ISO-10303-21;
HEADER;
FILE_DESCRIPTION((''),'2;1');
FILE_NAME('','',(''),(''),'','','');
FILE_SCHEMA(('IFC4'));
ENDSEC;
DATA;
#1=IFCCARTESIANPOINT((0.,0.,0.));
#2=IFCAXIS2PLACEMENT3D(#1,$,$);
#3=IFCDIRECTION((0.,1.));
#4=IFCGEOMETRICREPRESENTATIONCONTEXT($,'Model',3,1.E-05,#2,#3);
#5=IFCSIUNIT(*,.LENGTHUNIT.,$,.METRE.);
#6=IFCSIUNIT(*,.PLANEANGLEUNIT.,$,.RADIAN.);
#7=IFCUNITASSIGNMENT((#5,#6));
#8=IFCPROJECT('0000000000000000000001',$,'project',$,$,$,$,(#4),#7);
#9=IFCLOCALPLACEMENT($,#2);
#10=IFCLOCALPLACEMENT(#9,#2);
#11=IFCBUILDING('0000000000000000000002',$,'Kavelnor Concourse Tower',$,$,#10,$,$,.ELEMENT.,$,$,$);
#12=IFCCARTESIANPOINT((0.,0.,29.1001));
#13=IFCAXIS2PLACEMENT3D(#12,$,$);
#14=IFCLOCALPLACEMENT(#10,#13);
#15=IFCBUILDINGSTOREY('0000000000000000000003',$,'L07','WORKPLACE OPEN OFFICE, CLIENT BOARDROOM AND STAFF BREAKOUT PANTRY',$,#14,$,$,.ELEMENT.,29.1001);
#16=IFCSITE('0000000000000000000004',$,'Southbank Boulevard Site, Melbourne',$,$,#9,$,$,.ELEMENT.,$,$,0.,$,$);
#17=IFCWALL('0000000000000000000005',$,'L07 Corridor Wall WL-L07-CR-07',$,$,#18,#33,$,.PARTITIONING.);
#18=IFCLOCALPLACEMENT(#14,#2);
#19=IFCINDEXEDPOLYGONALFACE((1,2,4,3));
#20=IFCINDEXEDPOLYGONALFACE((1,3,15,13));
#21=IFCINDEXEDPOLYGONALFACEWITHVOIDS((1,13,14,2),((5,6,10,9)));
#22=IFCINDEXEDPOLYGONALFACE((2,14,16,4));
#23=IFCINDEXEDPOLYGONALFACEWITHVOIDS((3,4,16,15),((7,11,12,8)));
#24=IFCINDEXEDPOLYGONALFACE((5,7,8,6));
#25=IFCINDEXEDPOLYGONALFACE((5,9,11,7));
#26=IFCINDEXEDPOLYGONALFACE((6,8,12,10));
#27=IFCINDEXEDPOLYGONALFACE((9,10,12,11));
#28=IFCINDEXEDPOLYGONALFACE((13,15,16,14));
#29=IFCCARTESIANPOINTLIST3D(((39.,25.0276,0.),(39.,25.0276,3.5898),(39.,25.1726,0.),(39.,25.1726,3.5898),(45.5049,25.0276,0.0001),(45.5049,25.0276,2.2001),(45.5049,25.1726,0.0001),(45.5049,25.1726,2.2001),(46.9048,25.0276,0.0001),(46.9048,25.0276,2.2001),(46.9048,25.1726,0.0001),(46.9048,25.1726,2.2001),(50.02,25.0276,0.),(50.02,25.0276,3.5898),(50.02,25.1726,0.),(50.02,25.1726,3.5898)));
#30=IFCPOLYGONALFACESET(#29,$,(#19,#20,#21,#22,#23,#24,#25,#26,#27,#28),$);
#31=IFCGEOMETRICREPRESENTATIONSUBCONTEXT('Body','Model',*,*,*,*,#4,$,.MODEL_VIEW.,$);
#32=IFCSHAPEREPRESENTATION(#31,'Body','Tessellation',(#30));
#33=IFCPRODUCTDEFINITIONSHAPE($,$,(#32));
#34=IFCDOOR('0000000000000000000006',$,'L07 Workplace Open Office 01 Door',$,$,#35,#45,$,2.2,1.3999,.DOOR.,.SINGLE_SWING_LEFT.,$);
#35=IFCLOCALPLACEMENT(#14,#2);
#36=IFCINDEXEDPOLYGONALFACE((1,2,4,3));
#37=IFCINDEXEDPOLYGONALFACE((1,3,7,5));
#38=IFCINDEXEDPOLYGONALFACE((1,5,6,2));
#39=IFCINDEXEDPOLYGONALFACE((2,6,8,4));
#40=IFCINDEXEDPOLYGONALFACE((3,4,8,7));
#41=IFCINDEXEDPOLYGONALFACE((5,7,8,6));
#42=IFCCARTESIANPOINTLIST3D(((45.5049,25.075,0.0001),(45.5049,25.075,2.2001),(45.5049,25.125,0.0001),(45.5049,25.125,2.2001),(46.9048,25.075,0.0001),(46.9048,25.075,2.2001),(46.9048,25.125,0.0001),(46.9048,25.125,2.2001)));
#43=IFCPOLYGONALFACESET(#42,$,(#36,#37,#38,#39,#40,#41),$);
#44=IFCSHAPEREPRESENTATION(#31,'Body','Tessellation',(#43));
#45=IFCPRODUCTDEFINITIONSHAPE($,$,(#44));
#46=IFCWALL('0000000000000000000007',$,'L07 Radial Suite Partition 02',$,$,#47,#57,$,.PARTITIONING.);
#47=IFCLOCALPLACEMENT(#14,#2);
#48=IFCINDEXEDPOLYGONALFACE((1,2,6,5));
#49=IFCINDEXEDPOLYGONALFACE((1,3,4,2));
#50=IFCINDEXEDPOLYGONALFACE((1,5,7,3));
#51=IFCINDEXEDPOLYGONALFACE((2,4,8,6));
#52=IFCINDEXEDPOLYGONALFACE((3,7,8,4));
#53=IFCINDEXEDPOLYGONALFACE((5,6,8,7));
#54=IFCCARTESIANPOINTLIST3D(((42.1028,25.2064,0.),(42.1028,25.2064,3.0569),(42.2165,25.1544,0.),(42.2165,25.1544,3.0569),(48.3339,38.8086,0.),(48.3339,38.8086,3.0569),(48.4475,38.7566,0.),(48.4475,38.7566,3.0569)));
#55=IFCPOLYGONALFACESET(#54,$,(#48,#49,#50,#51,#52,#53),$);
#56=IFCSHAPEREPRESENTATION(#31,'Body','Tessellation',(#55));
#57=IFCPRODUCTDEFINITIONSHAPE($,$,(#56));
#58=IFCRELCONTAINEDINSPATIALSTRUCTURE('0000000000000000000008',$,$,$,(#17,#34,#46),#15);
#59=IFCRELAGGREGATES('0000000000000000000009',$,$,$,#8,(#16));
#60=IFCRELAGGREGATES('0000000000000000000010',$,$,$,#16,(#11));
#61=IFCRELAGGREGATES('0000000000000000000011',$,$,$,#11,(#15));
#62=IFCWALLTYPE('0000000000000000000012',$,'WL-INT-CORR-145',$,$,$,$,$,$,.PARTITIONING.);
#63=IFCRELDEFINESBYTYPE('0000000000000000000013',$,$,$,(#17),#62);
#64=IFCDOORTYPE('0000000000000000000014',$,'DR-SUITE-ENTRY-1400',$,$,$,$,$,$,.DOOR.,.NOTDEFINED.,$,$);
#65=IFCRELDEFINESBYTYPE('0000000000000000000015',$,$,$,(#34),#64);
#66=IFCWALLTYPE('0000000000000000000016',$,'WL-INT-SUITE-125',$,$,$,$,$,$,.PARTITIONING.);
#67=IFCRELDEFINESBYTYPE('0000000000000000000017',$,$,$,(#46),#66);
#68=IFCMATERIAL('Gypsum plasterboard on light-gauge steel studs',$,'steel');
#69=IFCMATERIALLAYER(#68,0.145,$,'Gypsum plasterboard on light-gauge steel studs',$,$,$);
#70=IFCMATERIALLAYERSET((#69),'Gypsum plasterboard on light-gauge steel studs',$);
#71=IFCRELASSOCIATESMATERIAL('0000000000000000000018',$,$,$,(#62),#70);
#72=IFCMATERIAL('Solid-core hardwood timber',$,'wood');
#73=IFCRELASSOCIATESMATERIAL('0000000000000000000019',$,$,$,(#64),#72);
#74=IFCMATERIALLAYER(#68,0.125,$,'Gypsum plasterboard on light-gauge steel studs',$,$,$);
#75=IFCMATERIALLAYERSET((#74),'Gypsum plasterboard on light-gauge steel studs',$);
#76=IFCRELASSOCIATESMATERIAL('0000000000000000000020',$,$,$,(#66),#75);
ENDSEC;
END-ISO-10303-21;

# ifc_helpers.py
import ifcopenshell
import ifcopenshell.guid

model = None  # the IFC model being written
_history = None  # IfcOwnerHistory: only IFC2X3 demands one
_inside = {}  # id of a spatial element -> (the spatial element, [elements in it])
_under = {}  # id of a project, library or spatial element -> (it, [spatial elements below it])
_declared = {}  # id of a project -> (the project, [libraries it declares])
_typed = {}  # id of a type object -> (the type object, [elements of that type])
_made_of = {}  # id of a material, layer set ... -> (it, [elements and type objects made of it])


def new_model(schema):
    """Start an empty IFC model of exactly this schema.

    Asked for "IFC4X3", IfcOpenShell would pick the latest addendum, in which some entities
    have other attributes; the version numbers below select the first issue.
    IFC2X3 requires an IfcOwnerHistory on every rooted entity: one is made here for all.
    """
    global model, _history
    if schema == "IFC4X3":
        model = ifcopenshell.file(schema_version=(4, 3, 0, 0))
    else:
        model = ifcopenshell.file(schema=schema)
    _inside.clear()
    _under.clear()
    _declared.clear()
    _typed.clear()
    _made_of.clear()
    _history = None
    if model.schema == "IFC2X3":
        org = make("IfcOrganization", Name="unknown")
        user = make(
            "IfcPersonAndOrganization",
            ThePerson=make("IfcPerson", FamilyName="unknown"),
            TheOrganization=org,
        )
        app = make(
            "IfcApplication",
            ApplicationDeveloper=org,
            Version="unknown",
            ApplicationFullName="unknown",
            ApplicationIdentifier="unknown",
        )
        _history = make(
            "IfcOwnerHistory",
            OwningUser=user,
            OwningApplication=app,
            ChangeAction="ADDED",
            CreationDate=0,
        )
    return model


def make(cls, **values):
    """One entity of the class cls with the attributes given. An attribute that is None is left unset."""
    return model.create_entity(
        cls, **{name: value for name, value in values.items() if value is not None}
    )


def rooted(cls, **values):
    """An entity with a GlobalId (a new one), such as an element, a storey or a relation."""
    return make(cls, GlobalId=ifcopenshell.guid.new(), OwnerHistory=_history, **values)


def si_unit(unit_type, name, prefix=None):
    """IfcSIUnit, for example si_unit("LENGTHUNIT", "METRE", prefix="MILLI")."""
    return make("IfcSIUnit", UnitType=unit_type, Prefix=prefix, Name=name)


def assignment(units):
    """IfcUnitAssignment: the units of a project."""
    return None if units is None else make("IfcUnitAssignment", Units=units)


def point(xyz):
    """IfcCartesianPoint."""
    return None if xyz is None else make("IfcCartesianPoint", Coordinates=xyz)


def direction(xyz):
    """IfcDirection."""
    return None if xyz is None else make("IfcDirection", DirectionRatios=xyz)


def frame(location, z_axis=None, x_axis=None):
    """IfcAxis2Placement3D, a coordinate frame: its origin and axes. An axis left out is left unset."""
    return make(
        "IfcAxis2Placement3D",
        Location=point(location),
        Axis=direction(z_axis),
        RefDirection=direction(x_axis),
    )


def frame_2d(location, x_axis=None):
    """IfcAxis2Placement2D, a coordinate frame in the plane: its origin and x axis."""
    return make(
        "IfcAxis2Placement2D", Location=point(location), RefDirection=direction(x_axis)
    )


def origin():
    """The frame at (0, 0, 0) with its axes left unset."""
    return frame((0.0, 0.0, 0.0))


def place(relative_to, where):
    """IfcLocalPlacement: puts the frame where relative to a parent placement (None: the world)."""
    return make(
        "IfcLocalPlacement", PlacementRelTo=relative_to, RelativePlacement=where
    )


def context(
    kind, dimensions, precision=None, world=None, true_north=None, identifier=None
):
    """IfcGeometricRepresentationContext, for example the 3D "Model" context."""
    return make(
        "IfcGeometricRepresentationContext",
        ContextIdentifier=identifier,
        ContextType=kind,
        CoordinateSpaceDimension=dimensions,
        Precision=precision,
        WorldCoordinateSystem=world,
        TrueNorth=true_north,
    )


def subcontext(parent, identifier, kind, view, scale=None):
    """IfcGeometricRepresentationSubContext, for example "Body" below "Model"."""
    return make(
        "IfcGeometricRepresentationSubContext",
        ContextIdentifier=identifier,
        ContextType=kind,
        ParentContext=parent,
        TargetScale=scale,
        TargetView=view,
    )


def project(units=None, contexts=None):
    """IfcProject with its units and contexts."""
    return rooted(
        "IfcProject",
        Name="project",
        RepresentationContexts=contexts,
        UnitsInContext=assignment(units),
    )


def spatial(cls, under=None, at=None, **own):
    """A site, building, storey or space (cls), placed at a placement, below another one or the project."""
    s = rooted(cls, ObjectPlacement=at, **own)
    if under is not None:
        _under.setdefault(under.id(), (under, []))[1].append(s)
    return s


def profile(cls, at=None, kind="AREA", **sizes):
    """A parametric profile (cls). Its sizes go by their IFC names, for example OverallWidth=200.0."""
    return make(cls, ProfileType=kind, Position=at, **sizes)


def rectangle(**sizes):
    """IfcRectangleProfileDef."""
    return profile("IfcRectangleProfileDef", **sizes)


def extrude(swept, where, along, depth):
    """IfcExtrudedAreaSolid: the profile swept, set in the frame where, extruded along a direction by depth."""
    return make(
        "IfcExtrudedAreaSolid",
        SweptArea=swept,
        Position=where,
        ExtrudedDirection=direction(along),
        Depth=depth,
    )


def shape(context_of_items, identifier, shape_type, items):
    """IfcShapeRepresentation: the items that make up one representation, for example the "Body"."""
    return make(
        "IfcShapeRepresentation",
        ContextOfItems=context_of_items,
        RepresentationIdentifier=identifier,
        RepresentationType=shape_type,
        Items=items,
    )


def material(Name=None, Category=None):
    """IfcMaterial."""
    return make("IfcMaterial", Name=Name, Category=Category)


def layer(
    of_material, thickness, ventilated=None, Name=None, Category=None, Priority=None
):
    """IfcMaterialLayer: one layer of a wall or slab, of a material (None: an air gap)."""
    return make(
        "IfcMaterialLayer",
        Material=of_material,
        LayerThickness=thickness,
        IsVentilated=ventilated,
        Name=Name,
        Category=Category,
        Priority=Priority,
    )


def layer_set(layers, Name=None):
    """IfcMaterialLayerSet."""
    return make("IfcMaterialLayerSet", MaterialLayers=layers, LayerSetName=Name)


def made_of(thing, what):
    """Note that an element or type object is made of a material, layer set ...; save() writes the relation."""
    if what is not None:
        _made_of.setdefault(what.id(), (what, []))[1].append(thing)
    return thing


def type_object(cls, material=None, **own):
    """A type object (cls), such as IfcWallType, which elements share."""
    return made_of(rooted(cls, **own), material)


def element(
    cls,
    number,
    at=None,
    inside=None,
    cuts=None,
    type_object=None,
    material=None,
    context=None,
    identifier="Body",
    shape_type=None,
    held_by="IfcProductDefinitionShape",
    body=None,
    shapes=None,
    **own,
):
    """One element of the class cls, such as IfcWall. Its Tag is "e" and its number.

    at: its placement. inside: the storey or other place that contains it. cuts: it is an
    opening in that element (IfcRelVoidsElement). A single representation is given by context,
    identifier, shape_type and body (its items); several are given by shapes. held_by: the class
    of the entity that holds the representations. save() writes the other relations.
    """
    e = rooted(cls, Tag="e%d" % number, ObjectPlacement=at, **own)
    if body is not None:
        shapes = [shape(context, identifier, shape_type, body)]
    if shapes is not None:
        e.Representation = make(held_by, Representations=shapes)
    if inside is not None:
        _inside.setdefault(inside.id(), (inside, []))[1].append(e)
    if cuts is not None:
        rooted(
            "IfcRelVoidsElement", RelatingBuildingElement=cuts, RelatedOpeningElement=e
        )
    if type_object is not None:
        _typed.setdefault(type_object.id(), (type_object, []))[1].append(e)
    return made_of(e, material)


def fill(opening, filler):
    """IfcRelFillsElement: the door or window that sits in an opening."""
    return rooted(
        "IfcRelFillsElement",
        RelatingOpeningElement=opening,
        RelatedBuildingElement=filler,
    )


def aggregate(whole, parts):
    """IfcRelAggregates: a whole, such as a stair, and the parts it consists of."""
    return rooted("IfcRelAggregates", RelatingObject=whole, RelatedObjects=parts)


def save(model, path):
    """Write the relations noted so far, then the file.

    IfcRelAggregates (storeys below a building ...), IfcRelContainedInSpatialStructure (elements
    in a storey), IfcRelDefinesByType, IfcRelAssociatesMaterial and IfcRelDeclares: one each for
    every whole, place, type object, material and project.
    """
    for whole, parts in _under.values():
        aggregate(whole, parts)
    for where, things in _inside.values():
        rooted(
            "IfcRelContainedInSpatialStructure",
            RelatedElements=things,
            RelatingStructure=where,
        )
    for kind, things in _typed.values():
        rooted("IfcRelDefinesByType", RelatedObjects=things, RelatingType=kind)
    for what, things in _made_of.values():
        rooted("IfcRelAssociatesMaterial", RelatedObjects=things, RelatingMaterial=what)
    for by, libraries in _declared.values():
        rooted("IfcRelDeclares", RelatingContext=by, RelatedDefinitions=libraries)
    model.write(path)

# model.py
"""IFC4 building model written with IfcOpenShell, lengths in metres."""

from ifc_helpers import new_model, si_unit, direction, frame, frame_2d, origin, place, context, subcontext, project, spatial, rectangle, extrude, material, layer, layer_set, type_object, element, fill, save


model = new_model("IFC4")

# Units and contexts
model_context = context("Model", 3, precision=1e-05, world=origin(), true_north=direction((0.0, 1.0)))
body_context = subcontext(model_context, "Body", "Model", "MODEL_VIEW")
ifc_project = project(units=[si_unit("LENGTHUNIT", "METRE"), si_unit("PLANEANGLEUNIT", "RADIAN")], contexts=[model_context])

# Site, building, storey
site_placement = place(None, origin())
site = spatial("IfcSite", under=ifc_project, at=site_placement, Name="Southbank Boulevard Site, Melbourne", CompositionType="ELEMENT", RefElevation=0.0)
building_placement = place(site_placement, origin())
building = spatial("IfcBuilding", under=site, at=building_placement, Name="Kavelnor Concourse Tower", CompositionType="ELEMENT")
storey_placement = place(building_placement, frame((0.0, 0.0, 29.1001)))
storey = spatial("IfcBuildingStorey", under=building, at=storey_placement, Name="L07", Description="WORKPLACE OPEN OFFICE, CLIENT BOARDROOM AND STAFF BREAKOUT PANTRY", CompositionType="ELEMENT", Elevation=29.1001)

# Shared definitions
ifc_material_1 = material(Name="Gypsum plasterboard on light-gauge steel studs", Category="steel")
ifc_layer_1 = layer(ifc_material_1, 0.145, Name="Gypsum plasterboard on light-gauge steel studs")
ifc_layer_set_1 = layer_set([ifc_layer_1], Name="Gypsum plasterboard on light-gauge steel studs")
wall_type_1 = type_object("IfcWallType", Name="WL-INT-CORR-145", PredefinedType="PARTITIONING", material=ifc_layer_set_1)

# Wall, opening, door
wall_1_placement = place(storey_placement, frame((39.0, 25.1001, 0.0), z_axis=(0.0, 0.0, 1.0), x_axis=(1.0, 0.0, 0.0)))
wall_1 = element("IfcWall", 1, at=wall_1_placement, inside=storey, type_object=wall_type_1, Name="L07 Corridor Wall WL-L07-CR-07", PredefinedType="PARTITIONING", context=body_context, shape_type="SweptSolid", body=[
    extrude(rectangle(XDim=11.02, YDim=0.145, at=frame_2d((5.51, 0.0))), origin(), (0.0, 0.0, 1.0), 3.5898),
])
opening_1_placement = place(wall_1_placement, frame((6.5049, 0.0, 0.0)))
opening_1 = element("IfcOpeningElement", 2, at=opening_1_placement, cuts=wall_1, PredefinedType="OPENING", context=body_context, shape_type="SweptSolid", body=[
    extrude(rectangle(XDim=1.3999, YDim=2.2, at=frame_2d((0.7, 1.1001))), frame((0.0, 0.0825, 0.0), z_axis=(0.0, -1.0, 0.0), x_axis=(1.0, 0.0, 0.0)), (0.0, 0.0, 1.0), 0.165),
])
ifc_material_2 = material(Name="Solid-core hardwood timber", Category="wood")
door_type_1 = type_object("IfcDoorType", Name="DR-SUITE-ENTRY-1400", OperationType="NOTDEFINED", PredefinedType="DOOR", material=ifc_material_2)
door_1_placement = place(opening_1_placement, origin())
door_1 = element("IfcDoor", 3, at=door_1_placement, inside=storey, type_object=door_type_1, Name="L07 Workplace Open Office 01 Door", OperationType="SINGLE_SWING_LEFT", OverallHeight=2.2, OverallWidth=1.3999, PredefinedType="DOOR", context=body_context, shape_type="SweptSolid", body=[
    extrude(rectangle(XDim=1.3999, YDim=2.2, at=frame_2d((0.7, 1.1001))), frame((0.0, 0.0249, 0.0), z_axis=(0.0, -1.0, 0.0), x_axis=(1.0, 0.0, 0.0)), (0.0, 0.0, 1.0), 0.05),
])
fill(opening_1, door_1)

# Wall
ifc_layer_2 = layer(ifc_material_1, 0.125, Name="Gypsum plasterboard on light-gauge steel studs")
ifc_layer_set_2 = layer_set([ifc_layer_2], Name="Gypsum plasterboard on light-gauge steel studs")
wall_type_2 = type_object("IfcWallType", Name="WL-INT-SUITE-125", PredefinedType="PARTITIONING", material=ifc_layer_set_2)
wall_2_placement = place(storey_placement, frame((42.1597, 25.1804, 0.0), z_axis=(0.0, 0.0, 1.0), x_axis=(0.416472, 0.909149, 0.0)))
element("IfcWall", 4, at=wall_2_placement, inside=storey, type_object=wall_type_2, Name="L07 Radial Suite Partition 02", PredefinedType="PARTITIONING", context=body_context, shape_type="SweptSolid", body=[
    extrude(rectangle(XDim=14.9614, YDim=0.125, at=frame_2d((7.4807, 0.0))), origin(), (0.0, 0.0, 1.0), 3.0569),
])

save(model, "model.ifc")
